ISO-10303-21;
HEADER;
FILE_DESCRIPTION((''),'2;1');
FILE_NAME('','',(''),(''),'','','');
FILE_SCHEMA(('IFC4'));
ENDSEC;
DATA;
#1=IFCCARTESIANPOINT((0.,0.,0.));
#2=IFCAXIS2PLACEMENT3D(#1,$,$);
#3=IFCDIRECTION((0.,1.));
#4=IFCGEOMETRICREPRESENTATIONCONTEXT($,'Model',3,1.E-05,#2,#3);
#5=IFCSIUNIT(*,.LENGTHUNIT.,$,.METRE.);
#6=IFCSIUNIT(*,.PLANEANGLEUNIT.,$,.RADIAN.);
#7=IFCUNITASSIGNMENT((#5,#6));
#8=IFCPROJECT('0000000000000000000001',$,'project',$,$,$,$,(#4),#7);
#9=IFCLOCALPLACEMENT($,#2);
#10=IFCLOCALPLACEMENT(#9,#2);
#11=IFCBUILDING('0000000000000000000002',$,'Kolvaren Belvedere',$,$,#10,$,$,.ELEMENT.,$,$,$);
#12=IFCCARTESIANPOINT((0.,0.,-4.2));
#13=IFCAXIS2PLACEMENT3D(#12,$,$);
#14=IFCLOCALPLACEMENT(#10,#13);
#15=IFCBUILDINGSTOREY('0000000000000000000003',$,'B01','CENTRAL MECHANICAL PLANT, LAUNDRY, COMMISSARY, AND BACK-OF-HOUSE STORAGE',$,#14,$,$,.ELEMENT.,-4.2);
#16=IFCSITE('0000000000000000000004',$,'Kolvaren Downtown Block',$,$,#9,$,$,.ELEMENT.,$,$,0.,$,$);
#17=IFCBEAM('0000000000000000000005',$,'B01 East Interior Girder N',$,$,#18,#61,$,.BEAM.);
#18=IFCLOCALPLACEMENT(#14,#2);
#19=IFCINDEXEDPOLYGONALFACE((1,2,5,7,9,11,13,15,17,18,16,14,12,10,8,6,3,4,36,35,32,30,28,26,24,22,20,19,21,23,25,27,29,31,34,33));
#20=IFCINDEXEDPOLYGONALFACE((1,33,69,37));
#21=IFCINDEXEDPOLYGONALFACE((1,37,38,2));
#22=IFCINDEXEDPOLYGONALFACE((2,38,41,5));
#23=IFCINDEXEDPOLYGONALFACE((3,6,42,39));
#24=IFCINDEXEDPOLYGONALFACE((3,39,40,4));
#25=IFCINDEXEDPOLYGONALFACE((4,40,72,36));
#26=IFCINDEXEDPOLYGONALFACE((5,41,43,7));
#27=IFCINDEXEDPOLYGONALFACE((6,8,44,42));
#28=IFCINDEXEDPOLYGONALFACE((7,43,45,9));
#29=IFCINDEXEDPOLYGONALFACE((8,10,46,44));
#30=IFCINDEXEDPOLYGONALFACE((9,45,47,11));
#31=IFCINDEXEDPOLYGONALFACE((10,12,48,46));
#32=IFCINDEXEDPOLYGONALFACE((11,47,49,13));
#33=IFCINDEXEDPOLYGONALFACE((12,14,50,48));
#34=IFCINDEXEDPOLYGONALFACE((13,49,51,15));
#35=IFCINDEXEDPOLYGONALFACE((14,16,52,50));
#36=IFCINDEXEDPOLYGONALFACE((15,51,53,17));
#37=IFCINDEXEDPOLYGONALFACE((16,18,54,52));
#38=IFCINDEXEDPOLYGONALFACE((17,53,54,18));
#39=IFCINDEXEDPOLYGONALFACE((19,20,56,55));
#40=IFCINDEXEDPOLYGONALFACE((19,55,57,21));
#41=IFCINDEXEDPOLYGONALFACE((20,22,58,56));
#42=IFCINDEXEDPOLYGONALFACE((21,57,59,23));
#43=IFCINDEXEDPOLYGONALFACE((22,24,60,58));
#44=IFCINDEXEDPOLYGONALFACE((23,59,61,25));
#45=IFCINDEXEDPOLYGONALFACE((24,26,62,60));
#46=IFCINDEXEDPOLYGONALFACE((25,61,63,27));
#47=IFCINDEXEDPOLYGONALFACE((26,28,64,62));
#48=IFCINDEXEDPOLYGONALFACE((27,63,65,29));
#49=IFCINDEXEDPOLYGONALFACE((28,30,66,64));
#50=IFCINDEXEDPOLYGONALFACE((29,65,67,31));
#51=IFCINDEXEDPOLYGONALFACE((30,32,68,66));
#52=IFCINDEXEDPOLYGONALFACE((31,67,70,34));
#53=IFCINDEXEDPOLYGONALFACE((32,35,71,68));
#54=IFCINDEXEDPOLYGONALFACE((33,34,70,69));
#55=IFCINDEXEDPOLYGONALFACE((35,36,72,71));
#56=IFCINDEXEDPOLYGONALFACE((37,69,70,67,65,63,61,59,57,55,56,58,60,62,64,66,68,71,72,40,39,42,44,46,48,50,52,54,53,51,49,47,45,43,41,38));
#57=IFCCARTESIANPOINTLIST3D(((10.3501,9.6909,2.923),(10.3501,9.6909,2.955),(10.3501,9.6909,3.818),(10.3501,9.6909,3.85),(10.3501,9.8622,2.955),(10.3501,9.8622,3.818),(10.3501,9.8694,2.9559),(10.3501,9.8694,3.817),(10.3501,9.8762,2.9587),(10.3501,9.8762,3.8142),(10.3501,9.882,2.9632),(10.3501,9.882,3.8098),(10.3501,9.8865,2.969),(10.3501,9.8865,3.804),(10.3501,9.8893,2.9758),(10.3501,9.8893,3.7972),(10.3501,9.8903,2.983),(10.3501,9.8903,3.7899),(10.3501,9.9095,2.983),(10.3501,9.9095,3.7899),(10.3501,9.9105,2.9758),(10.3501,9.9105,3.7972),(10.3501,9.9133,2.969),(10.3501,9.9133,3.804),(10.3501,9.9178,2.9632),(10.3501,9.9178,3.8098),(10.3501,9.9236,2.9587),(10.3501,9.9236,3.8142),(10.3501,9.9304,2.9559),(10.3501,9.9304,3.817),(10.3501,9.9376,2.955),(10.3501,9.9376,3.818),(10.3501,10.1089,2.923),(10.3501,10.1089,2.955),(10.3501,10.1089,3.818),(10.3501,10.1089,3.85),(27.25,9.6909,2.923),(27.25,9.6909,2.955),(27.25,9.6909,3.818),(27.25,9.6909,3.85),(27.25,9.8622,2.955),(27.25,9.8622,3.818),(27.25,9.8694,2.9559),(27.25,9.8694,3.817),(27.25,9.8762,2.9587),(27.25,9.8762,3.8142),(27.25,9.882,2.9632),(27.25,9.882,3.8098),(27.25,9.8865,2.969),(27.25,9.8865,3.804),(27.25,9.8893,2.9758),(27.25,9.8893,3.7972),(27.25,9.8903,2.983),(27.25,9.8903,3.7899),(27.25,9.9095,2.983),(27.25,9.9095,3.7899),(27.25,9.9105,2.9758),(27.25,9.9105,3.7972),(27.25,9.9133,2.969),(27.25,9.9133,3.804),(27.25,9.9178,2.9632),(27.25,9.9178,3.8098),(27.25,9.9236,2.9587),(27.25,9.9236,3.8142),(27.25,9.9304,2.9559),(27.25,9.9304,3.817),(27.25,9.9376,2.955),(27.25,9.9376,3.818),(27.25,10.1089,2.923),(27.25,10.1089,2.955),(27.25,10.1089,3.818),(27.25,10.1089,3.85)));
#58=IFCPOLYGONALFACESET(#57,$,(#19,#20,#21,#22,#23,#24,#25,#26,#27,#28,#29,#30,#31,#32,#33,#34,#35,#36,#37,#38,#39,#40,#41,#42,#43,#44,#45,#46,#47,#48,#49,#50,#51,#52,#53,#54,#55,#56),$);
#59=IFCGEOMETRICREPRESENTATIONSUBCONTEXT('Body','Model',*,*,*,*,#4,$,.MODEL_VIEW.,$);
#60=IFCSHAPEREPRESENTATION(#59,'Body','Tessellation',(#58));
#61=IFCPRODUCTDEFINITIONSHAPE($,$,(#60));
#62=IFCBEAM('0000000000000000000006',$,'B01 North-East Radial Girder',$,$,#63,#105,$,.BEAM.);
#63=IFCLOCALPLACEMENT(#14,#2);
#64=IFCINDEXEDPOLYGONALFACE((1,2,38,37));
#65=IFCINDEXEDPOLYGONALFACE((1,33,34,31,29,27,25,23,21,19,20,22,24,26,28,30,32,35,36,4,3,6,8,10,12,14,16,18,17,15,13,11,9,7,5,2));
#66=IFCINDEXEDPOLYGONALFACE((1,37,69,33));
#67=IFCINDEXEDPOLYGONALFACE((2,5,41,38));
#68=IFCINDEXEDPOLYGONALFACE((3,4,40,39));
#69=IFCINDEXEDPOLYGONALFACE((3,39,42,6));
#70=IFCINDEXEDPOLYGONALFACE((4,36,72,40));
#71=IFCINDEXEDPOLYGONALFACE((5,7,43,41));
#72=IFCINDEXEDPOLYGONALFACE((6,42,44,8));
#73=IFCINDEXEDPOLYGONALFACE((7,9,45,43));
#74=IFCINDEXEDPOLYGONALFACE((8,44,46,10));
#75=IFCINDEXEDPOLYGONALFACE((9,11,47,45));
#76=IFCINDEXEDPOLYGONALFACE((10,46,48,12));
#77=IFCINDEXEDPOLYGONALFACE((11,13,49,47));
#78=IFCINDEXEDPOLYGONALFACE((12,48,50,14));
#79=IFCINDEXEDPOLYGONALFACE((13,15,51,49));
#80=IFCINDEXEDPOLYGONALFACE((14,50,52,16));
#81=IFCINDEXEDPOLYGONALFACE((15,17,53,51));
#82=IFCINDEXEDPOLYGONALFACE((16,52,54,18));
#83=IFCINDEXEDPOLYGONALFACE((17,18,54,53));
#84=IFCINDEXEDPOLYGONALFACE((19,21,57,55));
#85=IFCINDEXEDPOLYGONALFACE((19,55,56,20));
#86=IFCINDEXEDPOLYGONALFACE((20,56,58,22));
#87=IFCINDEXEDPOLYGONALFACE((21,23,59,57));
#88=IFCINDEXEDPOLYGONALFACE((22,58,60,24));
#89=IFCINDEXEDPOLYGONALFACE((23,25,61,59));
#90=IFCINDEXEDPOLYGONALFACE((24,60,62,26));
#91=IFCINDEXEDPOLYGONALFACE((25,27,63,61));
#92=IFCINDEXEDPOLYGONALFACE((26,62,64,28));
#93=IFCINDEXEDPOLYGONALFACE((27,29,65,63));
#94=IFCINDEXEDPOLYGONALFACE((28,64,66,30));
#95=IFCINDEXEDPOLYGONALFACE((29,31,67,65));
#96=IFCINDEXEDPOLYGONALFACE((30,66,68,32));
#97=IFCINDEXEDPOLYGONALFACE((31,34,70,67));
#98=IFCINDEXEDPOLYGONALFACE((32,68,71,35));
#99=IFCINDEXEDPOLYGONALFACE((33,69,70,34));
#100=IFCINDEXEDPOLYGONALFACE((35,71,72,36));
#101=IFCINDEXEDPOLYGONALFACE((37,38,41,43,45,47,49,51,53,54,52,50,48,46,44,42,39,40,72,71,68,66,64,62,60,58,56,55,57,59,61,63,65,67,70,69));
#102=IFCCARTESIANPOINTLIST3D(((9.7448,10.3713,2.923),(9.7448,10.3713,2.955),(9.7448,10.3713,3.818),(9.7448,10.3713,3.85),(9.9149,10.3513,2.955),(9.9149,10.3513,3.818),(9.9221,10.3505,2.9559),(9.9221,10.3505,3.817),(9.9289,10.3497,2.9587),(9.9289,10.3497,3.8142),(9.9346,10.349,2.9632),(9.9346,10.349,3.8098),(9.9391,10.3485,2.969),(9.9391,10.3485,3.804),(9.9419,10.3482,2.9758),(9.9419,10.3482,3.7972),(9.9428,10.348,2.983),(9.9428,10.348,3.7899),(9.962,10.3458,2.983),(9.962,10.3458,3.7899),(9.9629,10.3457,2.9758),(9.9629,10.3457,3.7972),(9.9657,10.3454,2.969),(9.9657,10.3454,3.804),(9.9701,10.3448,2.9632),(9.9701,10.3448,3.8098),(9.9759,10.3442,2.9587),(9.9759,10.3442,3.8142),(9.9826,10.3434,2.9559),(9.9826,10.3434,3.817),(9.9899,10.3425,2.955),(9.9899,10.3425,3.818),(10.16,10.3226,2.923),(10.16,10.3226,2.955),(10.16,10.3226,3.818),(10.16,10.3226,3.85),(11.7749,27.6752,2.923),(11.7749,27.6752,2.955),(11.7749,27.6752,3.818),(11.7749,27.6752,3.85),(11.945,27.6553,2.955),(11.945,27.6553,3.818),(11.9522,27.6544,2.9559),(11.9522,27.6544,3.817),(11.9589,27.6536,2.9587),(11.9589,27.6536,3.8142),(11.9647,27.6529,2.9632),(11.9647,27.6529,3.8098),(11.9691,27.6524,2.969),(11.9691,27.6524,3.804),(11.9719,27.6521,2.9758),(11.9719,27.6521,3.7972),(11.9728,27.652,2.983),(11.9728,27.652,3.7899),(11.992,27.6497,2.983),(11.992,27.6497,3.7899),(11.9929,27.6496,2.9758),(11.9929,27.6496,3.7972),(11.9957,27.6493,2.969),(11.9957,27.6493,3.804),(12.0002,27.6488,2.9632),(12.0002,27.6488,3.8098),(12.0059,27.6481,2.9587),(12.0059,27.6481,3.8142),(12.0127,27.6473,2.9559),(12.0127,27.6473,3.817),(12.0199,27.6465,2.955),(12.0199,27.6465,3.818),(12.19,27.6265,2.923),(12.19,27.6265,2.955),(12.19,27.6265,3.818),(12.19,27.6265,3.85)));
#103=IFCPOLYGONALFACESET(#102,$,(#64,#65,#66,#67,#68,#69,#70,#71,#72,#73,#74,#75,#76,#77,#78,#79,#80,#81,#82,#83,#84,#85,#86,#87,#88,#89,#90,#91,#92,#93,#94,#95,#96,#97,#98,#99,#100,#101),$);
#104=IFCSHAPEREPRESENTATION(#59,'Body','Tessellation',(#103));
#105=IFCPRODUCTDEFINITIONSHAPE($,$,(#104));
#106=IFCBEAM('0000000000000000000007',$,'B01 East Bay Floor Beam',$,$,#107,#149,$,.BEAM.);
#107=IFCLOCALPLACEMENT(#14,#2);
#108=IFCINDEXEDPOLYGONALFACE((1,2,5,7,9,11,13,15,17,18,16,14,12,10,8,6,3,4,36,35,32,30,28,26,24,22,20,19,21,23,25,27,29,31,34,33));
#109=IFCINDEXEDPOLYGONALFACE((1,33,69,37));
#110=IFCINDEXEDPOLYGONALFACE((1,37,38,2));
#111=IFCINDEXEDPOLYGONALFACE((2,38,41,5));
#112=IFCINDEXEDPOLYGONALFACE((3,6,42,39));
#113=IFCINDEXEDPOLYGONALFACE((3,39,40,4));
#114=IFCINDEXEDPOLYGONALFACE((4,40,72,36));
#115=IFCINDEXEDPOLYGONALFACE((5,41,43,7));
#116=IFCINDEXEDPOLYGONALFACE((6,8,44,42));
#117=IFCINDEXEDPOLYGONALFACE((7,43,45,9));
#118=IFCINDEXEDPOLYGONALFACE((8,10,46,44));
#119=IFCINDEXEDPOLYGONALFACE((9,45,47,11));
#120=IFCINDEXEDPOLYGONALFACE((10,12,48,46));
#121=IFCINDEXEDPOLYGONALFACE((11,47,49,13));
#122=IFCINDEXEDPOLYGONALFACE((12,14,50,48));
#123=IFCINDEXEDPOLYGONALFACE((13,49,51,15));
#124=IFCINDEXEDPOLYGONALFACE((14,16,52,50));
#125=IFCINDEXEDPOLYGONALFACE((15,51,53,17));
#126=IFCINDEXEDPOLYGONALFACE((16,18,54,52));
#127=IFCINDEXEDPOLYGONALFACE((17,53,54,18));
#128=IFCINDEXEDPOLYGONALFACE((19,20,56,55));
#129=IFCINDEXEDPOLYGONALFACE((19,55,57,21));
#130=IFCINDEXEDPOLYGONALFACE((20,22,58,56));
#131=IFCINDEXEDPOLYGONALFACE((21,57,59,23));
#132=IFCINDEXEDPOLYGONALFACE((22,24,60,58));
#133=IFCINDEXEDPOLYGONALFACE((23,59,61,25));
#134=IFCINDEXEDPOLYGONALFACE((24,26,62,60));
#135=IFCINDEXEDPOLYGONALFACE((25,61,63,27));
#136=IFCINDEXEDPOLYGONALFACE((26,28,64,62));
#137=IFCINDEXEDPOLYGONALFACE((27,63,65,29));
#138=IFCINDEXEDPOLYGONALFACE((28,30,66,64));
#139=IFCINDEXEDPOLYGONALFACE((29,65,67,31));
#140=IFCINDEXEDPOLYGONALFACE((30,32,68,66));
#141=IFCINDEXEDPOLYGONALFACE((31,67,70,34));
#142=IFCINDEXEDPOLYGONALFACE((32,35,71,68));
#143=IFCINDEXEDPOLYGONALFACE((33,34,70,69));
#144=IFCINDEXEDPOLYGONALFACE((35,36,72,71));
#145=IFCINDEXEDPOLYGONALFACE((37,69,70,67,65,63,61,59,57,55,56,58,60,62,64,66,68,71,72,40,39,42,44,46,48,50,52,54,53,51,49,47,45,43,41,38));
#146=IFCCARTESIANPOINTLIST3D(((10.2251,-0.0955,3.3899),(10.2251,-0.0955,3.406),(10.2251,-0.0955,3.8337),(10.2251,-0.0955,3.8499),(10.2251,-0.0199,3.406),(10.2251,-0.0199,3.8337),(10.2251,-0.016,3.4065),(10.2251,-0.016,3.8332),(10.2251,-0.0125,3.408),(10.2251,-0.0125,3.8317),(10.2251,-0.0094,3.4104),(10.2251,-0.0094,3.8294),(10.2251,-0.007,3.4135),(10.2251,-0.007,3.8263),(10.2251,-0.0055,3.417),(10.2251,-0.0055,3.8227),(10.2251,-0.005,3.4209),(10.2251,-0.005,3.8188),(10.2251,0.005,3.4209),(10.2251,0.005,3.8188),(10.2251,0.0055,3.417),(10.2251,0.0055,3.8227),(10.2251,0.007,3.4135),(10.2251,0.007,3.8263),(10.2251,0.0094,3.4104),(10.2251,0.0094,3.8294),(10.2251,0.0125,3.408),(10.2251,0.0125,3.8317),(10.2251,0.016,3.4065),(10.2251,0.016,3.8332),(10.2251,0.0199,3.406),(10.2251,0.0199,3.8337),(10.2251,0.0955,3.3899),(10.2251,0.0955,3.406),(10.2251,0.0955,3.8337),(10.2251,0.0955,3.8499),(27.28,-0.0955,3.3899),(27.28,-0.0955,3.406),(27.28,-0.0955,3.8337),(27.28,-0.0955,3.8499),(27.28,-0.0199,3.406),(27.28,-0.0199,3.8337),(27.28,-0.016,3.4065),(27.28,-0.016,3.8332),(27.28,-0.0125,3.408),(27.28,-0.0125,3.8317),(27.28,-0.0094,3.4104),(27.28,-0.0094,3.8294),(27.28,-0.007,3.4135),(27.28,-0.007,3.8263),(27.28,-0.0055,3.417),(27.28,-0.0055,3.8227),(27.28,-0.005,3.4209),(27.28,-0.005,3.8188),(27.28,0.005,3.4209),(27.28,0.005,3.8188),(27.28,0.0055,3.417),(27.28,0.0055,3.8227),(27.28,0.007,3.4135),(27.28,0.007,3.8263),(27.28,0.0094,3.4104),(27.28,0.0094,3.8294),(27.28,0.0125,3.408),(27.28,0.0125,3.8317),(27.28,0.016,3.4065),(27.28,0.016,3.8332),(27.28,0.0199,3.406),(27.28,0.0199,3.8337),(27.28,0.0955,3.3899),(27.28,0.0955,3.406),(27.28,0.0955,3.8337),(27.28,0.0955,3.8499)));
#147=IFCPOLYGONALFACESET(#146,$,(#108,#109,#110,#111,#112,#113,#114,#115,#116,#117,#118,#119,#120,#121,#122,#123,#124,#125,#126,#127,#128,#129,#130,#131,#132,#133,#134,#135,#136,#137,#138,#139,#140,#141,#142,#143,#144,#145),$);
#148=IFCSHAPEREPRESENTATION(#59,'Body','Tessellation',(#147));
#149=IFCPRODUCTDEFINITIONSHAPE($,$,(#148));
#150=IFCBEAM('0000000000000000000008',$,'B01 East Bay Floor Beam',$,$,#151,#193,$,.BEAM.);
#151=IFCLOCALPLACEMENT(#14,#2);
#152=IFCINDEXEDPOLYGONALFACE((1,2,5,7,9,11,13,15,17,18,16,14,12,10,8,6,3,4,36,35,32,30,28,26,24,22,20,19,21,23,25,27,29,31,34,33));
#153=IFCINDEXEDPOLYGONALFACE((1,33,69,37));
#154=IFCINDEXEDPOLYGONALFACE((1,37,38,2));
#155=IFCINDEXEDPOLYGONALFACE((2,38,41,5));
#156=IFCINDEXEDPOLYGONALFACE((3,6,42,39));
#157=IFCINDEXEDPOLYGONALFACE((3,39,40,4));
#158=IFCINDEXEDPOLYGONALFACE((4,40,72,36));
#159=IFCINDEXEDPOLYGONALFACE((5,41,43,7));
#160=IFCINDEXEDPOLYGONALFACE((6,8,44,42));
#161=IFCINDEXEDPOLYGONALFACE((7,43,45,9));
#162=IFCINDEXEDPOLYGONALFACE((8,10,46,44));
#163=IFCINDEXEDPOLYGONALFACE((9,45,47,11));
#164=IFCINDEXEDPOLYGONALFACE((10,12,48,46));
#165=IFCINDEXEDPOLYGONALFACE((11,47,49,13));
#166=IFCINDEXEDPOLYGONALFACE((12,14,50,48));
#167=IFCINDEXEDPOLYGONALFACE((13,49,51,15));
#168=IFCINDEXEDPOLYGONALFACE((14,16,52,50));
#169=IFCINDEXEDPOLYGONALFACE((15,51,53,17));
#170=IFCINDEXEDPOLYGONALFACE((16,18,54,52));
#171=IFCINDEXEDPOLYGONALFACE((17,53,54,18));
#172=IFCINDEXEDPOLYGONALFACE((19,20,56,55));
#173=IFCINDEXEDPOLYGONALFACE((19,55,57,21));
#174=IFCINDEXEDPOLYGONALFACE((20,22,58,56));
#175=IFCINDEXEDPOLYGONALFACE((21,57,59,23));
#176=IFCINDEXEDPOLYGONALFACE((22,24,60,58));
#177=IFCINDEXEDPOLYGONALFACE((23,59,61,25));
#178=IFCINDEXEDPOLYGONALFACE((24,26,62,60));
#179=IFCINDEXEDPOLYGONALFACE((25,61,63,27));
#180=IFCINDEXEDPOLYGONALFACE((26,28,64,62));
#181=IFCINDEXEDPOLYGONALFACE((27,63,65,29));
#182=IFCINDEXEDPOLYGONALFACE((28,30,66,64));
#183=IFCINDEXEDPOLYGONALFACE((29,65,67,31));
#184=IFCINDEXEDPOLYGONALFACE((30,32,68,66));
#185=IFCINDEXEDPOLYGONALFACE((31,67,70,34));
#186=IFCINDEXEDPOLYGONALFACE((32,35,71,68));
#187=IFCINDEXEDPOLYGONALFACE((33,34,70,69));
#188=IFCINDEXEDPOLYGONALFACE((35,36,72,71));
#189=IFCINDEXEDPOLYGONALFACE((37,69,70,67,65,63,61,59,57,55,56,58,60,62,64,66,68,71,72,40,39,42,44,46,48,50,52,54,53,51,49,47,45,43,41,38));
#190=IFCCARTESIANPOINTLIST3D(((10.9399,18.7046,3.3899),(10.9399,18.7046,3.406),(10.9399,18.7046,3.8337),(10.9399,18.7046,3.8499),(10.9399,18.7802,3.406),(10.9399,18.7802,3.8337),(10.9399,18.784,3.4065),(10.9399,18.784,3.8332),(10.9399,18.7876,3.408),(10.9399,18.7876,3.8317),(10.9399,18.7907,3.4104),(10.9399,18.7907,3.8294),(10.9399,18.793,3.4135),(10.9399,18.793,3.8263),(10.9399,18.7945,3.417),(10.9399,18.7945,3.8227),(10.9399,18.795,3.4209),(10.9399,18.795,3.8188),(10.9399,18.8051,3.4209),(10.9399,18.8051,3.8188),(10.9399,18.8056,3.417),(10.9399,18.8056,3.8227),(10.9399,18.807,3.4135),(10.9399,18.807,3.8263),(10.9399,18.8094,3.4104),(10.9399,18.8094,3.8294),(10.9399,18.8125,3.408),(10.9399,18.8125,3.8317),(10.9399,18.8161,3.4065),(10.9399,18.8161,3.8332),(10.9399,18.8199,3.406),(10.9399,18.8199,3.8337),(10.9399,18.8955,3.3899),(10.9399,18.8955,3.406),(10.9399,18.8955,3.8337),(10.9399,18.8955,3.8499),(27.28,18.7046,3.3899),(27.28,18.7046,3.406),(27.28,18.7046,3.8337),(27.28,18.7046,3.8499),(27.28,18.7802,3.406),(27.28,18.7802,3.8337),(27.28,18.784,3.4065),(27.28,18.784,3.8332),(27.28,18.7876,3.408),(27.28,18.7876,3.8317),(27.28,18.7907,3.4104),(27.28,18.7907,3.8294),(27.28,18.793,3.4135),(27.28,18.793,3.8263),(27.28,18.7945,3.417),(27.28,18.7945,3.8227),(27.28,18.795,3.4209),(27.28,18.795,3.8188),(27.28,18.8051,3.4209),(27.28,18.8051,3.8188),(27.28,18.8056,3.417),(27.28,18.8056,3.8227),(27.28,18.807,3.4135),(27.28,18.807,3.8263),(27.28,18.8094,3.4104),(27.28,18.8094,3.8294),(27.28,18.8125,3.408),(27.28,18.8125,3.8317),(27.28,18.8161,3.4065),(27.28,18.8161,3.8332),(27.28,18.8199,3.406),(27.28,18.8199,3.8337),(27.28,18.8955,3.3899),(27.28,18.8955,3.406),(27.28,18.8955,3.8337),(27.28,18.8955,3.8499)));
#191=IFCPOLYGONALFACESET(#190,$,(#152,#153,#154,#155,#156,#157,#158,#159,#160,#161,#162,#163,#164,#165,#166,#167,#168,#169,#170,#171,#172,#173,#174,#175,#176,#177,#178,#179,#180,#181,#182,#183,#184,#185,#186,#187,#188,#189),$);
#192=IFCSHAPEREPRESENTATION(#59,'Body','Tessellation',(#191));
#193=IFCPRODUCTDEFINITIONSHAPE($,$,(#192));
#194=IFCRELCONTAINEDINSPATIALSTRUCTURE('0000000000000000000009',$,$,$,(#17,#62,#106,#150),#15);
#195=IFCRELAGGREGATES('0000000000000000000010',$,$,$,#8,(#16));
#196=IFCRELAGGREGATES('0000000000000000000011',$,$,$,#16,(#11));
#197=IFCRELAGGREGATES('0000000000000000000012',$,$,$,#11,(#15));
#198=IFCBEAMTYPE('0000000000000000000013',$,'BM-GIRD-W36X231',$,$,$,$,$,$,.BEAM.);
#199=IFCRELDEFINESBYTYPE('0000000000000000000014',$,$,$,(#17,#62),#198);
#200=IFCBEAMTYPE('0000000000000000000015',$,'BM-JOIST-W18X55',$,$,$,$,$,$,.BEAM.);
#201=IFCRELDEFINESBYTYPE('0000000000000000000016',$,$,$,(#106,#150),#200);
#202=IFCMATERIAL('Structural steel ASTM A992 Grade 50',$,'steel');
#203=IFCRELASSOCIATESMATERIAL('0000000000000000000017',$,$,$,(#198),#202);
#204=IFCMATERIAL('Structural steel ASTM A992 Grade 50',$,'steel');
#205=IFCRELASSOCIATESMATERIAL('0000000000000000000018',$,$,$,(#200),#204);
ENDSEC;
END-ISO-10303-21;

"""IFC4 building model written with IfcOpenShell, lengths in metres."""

from ifc_helpers import new_model, si_unit, direction, frame, origin, origin_2d, place, context, subcontext, project, spatial, i_section, extrude, material, material_profile, profile_set, type_object, element, save


model = new_model("IFC4")

# Units and contexts
model_context = context("Model", 3, precision=1e-05, world=origin(), true_north=direction((0.0, 1.0)))
body_context = subcontext(model_context, "Body", "Model", "MODEL_VIEW")
ifc_project = project(units=[si_unit("LENGTHUNIT", "METRE"), si_unit("PLANEANGLEUNIT", "RADIAN")], contexts=[model_context])

# Site, building, storey
site_placement = place(None, origin())
site = spatial("IfcSite", under=ifc_project, at=site_placement, Name="Kolvaren Downtown Block", CompositionType="ELEMENT", RefElevation=0.0)
building_placement = place(site_placement, origin())
building = spatial("IfcBuilding", under=site, at=building_placement, Name="Kolvaren Belvedere", CompositionType="ELEMENT")
storey_placement = place(building_placement, frame((0.0, 0.0, -4.2)))
storey = spatial("IfcBuildingStorey", under=building, at=storey_placement, Name="B01", Description="CENTRAL MECHANICAL PLANT, LAUNDRY, COMMISSARY, AND BACK-OF-HOUSE STORAGE", CompositionType="ELEMENT", Elevation=-4.2)

# Beams
ifc_material_1 = material(Name="Structural steel ASTM A992 Grade 50", Category="steel")
ifc_material_profile_1 = material_profile(ifc_material_1, i_section(OverallWidth=0.418, OverallDepth=0.927, WebThickness=0.0193, FlangeThickness=0.032, FilletRadius=0.0281, at=origin_2d()), Name="W36X231")
ifc_profile_set_1 = profile_set([ifc_material_profile_1], Name="Structural steel ASTM A992 Grade 50")
beam_type_1 = type_object("IfcBeamType", Name="BM-GIRD-W36X231", PredefinedType="BEAM", material=ifc_profile_set_1)
beam_1_placement = place(storey_placement, frame((10.3501, 9.8999, 3.3865), z_axis=(1.0, 0.0, 0.0), x_axis=(0.0, 1.0, 0.0)))
element("IfcBeam", 1, at=beam_1_placement, inside=storey, type_object=beam_type_1, Name="B01 East Interior Girder N", PredefinedType="BEAM", context=body_context, shape_type="SweptSolid", body=[
    extrude(i_section(OverallWidth=0.418, OverallDepth=0.927, WebThickness=0.0193, FlangeThickness=0.032, FilletRadius=0.0281, at=origin_2d()), origin(), (0.0, 0.0, 1.0), 16.8999),
])
beam_2_placement = place(storey_placement, frame((9.9524, 10.3469, 3.3865), z_axis=(0.116517, 0.993189, 0.0), x_axis=(-0.993189, 0.116517, 0.0)))
element("IfcBeam", 2, at=beam_2_placement, inside=storey, type_object=beam_type_1, Name="B01 North-East Radial Girder", PredefinedType="BEAM", context=body_context, shape_type="SweptSolid", body=[
    extrude(i_section(OverallWidth=0.418, OverallDepth=0.927, WebThickness=0.0193, FlangeThickness=0.032, FilletRadius=0.0281, at=origin_2d()), origin(), (0.0, 0.0, 1.0), 17.4226),
])
ifc_material_2 = material(Name="Structural steel ASTM A992 Grade 50", Category="steel")
ifc_material_profile_2 = material_profile(ifc_material_2, i_section(OverallWidth=0.1909, OverallDepth=0.46, WebThickness=0.01, FlangeThickness=0.0161, FilletRadius=0.0149, at=origin_2d()), Name="W18X55")
ifc_profile_set_2 = profile_set([ifc_material_profile_2], Name="Structural steel ASTM A992 Grade 50")
beam_type_2 = type_object("IfcBeamType", Name="BM-JOIST-W18X55", PredefinedType="BEAM", material=ifc_profile_set_2)
beam_3_placement = place(storey_placement, frame((10.2251, 0.0, 3.6199), z_axis=(1.0, 0.0, 0.0), x_axis=(0.0, 1.0, 0.0)))
element("IfcBeam", 3, at=beam_3_placement, inside=storey, type_object=beam_type_2, Name="B01 East Bay Floor Beam", PredefinedType="BEAM", context=body_context, shape_type="SweptSolid", body=[
    extrude(i_section(OverallWidth=0.1909, OverallDepth=0.46, WebThickness=0.01, FlangeThickness=0.0161, FilletRadius=0.0149, at=origin_2d()), origin(), (0.0, 0.0, 1.0), 17.0549),
])
beam_4_placement = place(storey_placement, frame((10.9399, 18.8, 3.6199), z_axis=(1.0, 0.0, 0.0), x_axis=(0.0, 1.0, 0.0)))
element("IfcBeam", 4, at=beam_4_placement, inside=storey, type_object=beam_type_2, Name="B01 East Bay Floor Beam", PredefinedType="BEAM", context=body_context, shape_type="SweptSolid", body=[
    extrude(i_section(OverallWidth=0.1909, OverallDepth=0.46, WebThickness=0.01, FlangeThickness=0.0161, FilletRadius=0.0149, at=origin_2d()), origin(), (0.0, 0.0, 1.0), 16.3401),
])

save(model, "model.ifc")
